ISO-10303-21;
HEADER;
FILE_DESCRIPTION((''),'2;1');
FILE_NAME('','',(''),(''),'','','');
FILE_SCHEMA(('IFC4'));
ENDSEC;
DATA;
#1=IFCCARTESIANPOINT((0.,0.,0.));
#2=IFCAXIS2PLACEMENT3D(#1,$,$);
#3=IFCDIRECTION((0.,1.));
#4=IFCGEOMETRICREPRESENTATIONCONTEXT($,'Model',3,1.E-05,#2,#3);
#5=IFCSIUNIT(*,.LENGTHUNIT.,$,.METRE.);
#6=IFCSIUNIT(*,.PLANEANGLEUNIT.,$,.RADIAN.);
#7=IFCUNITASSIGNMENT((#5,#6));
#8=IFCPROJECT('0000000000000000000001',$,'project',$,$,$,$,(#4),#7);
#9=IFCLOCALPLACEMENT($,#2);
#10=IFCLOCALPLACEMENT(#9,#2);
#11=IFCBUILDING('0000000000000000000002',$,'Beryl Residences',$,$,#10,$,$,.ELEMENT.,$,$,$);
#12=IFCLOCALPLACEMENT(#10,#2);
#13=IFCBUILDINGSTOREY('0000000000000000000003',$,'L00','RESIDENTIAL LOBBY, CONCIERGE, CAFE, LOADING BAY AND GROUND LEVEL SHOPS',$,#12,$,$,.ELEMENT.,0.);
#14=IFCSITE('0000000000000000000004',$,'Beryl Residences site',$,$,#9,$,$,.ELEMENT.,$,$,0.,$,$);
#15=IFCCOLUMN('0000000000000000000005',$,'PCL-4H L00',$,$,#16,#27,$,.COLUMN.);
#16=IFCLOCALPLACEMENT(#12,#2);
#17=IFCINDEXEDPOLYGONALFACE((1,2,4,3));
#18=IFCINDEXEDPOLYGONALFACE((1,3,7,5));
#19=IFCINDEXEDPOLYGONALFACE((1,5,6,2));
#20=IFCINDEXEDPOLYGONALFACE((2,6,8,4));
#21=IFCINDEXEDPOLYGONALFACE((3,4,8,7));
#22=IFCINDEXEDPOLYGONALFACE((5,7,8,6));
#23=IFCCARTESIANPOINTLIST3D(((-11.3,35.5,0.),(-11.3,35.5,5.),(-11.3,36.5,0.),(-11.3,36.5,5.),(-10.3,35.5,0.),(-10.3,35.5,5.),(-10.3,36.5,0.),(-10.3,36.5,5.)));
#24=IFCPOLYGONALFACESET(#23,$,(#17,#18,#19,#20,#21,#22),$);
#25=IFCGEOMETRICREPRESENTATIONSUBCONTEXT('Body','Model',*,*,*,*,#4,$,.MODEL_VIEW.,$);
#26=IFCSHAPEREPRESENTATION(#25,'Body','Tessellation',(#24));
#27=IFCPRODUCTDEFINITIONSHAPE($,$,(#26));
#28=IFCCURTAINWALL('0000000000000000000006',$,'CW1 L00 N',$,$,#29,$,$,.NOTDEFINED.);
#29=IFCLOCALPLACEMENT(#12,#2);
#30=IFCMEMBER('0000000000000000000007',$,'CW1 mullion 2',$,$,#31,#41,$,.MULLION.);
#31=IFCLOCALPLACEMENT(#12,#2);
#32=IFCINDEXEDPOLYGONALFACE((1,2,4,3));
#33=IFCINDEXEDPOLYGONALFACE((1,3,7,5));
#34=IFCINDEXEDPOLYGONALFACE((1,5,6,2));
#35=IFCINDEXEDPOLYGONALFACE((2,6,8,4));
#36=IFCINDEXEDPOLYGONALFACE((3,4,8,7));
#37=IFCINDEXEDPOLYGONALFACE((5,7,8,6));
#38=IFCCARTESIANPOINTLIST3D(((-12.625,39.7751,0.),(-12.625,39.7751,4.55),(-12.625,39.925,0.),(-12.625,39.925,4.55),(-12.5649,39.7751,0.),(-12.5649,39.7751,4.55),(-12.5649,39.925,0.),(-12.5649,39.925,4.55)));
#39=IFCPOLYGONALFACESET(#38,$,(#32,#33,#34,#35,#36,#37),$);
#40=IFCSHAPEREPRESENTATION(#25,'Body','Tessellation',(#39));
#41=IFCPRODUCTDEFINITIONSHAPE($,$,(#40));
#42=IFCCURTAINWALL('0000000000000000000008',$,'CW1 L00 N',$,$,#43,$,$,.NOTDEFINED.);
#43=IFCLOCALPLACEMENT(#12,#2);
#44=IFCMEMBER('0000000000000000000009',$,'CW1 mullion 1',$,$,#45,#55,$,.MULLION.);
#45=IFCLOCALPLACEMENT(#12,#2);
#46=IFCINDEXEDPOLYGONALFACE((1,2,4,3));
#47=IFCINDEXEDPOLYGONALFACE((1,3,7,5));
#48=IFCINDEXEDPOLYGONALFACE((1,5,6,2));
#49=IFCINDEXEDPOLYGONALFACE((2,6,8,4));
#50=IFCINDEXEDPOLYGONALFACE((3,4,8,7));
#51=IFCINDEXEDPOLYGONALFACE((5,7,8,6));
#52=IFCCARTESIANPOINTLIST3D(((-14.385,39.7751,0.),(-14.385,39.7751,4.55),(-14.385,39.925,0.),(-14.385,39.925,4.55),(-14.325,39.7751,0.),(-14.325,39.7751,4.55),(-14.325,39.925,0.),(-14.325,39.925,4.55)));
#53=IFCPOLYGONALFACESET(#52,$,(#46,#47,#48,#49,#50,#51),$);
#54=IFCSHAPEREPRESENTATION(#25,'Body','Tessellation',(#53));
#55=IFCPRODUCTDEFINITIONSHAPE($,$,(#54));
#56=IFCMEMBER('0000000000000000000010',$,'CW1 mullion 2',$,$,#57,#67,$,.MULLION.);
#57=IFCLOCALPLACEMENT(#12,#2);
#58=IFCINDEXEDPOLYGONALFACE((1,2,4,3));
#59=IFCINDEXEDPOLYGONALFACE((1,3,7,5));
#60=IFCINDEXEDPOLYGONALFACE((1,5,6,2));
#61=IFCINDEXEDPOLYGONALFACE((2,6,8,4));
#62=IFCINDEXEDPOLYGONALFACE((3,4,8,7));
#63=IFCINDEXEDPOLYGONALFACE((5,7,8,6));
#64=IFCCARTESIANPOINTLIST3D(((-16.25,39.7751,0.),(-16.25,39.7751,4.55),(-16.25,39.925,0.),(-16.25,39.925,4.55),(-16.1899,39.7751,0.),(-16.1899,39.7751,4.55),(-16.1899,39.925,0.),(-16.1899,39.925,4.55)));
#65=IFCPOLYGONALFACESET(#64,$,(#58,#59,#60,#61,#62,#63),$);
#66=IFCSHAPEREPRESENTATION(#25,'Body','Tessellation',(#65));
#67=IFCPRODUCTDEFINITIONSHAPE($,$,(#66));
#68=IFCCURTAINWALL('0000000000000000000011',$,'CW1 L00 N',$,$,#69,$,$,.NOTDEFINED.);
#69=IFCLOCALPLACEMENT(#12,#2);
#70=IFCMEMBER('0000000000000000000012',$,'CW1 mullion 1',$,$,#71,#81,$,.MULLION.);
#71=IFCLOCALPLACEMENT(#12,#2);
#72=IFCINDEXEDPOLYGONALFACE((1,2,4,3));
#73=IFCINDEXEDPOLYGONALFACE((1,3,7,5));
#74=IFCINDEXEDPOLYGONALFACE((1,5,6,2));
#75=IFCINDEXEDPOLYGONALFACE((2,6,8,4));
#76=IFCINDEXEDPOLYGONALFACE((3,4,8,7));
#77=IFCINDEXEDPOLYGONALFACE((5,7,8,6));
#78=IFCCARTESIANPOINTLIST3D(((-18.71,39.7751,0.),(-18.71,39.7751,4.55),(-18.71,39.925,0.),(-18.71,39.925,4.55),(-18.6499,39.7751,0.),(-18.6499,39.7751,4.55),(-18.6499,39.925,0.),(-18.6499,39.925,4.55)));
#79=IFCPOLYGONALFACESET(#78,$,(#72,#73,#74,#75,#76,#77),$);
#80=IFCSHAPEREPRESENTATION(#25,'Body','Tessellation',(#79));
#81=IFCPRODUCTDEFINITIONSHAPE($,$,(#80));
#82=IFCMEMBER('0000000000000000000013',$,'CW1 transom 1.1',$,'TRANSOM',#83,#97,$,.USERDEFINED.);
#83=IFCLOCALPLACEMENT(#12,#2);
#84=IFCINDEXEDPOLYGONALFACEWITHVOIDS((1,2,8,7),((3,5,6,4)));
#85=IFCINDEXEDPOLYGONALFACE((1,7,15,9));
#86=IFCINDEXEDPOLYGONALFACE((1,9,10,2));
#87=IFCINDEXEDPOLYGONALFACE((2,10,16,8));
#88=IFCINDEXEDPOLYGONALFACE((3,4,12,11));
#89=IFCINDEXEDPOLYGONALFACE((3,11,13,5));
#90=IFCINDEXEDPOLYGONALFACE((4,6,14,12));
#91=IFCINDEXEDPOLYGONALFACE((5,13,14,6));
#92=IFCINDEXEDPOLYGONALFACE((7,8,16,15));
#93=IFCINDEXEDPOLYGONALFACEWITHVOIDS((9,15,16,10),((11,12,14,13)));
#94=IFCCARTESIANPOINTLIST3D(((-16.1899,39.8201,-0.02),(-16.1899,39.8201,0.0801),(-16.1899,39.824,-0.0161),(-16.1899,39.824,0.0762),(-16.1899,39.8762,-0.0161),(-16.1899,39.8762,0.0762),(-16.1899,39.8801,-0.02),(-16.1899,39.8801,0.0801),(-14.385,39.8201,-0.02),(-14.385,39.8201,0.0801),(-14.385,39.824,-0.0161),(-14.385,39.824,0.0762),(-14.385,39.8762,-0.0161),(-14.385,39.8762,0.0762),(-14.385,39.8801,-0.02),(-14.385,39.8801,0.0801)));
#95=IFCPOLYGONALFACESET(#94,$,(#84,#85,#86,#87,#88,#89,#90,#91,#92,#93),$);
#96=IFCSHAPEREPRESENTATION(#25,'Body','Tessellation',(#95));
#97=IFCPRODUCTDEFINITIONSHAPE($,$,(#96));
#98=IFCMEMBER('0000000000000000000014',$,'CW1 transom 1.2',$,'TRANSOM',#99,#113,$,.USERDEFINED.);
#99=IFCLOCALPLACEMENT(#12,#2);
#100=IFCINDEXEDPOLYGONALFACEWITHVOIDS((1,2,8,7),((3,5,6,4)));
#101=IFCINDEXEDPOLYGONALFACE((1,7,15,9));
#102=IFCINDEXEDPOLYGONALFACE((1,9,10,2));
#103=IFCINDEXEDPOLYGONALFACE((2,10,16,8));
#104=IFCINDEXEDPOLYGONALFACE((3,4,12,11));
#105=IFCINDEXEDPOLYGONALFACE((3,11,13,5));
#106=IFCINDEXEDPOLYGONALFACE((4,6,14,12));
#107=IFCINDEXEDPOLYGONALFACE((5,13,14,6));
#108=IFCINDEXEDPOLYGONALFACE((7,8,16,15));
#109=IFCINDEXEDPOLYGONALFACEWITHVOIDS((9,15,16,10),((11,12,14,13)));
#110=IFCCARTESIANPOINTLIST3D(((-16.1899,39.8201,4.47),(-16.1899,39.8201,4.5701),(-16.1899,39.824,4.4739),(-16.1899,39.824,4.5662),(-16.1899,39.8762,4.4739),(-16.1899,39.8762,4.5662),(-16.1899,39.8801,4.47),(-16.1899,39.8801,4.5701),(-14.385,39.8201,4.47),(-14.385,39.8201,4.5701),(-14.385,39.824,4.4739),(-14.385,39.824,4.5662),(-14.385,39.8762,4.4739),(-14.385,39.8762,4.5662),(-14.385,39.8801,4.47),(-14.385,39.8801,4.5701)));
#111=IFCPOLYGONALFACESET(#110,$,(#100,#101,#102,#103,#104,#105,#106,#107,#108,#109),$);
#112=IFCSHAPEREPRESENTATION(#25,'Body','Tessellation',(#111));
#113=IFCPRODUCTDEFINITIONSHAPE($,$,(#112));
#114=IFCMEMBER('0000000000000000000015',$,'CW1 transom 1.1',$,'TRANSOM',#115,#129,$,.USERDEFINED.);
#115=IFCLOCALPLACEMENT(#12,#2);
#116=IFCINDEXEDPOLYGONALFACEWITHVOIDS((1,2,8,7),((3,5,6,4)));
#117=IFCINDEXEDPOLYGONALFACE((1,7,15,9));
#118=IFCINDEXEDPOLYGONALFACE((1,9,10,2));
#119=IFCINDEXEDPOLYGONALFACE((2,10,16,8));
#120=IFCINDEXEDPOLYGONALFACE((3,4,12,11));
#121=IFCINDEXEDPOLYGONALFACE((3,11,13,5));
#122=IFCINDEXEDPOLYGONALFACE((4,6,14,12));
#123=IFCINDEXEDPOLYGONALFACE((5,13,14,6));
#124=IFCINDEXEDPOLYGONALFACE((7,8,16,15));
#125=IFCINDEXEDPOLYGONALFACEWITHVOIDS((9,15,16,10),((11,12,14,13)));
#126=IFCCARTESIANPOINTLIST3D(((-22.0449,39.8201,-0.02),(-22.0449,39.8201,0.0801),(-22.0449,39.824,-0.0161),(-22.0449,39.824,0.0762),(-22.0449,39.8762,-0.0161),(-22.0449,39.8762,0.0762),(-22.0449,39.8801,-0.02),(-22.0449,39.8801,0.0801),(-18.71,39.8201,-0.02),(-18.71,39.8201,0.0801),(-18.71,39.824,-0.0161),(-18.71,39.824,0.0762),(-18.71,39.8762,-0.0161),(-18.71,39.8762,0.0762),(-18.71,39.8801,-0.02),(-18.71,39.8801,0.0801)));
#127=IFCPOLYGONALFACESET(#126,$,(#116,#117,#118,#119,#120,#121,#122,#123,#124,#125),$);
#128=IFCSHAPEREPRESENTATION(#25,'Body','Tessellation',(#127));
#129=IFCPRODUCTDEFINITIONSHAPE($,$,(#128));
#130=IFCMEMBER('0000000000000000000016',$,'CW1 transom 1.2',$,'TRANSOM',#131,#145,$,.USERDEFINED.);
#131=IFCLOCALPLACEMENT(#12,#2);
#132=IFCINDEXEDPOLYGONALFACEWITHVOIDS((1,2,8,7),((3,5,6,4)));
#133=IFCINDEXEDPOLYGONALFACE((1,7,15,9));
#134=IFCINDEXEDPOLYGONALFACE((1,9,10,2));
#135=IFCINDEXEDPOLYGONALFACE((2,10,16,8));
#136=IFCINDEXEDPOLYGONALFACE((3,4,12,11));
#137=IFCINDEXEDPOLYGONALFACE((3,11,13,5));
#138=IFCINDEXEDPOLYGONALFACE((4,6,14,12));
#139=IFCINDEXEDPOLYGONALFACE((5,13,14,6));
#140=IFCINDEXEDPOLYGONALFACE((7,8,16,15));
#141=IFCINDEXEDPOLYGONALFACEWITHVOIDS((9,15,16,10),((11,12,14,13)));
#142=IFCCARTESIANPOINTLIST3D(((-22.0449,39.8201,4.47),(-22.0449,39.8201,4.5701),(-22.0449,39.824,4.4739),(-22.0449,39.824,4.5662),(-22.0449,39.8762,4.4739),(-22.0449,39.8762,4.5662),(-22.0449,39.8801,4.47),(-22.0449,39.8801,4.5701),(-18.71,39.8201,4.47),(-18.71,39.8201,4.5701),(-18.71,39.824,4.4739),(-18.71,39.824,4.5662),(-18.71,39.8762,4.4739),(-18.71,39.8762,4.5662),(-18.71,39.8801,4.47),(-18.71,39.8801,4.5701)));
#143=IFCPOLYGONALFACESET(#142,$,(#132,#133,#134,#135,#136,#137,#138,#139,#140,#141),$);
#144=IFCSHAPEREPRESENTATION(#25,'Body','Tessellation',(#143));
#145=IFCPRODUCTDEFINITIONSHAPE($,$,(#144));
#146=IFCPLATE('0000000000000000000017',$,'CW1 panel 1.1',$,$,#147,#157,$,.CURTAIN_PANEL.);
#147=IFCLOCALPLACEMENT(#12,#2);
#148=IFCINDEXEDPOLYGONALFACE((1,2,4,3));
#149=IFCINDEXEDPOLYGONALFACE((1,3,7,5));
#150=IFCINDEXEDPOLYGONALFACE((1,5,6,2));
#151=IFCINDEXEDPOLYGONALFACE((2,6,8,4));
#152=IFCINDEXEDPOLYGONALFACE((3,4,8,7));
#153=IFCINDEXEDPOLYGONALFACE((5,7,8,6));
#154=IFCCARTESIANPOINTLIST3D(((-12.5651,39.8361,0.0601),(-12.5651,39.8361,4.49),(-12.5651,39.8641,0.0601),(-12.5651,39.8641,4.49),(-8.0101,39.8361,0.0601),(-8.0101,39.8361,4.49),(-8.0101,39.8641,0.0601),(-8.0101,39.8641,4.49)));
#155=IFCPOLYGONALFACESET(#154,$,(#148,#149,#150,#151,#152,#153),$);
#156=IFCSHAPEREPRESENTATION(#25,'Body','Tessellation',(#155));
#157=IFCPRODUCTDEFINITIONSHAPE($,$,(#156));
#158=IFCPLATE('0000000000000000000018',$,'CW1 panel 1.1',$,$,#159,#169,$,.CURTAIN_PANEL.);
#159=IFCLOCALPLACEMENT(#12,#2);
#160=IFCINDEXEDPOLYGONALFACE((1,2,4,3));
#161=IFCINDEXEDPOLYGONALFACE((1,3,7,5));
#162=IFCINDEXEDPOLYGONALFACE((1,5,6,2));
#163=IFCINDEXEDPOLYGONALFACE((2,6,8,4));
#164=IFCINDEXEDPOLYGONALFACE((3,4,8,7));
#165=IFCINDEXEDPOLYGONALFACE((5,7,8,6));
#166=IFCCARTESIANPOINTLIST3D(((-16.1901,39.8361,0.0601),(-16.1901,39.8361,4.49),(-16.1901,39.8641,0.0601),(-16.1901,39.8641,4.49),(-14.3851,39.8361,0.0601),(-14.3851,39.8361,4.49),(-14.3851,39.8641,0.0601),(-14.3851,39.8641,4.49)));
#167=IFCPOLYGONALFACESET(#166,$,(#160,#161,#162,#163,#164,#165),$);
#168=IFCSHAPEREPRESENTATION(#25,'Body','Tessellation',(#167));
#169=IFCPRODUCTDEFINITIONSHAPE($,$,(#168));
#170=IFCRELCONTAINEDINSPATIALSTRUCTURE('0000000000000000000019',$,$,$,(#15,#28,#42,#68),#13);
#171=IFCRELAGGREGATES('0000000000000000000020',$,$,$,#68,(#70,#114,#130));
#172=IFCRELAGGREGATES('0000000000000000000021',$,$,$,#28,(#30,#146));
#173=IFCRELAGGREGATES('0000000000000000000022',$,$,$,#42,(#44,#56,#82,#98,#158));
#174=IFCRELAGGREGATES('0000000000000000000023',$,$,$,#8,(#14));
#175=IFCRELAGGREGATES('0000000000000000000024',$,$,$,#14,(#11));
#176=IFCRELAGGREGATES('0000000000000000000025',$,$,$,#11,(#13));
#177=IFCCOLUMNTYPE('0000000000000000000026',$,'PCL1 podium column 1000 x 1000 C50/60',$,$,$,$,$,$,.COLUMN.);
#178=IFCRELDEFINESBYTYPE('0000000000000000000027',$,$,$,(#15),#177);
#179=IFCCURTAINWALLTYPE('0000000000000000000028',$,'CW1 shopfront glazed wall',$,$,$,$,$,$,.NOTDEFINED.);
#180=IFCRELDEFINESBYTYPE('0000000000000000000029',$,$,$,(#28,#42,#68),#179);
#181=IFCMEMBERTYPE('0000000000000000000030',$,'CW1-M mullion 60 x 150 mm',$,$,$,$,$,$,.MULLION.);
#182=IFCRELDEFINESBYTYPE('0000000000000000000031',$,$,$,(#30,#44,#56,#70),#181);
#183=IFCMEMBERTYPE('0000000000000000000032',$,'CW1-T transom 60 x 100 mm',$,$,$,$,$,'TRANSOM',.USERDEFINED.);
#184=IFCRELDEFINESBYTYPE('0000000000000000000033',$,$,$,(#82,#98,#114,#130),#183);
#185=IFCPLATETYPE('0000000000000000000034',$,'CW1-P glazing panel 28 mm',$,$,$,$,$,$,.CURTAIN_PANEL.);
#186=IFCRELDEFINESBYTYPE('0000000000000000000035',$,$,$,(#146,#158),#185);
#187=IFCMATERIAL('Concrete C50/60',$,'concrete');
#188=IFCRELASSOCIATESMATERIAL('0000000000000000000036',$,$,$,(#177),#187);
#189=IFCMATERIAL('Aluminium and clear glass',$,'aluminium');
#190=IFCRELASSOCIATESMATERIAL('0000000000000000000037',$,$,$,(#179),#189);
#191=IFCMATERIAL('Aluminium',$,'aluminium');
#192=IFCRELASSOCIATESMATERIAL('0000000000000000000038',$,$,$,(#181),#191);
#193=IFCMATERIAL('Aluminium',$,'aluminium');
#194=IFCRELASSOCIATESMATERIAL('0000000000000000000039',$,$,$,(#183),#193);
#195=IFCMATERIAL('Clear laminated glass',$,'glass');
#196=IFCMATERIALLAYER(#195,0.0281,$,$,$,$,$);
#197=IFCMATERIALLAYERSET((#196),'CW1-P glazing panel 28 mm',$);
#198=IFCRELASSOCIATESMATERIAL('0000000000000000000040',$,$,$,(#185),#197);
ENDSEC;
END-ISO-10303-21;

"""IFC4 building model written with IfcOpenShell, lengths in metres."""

from ifc_helpers import new_model, si_unit, direction, frame, origin, origin_2d, place, context, subcontext, project, spatial, rectangle, hollow_rectangle, extrude, material, layer, layer_set, material_profile, profile_set, type_object, element, aggregate, save


model = new_model("IFC4")

# Units and contexts
model_context = context("Model", 3, precision=1e-05, world=origin(), true_north=direction((0.0, 1.0)))
body_context = subcontext(model_context, "Body", "Model", "MODEL_VIEW")
ifc_project = project(units=[si_unit("LENGTHUNIT", "METRE"), si_unit("PLANEANGLEUNIT", "RADIAN")], contexts=[model_context])

# Site, building, storey
site_placement = place(None, origin())
site = spatial("IfcSite", under=ifc_project, at=site_placement, Name="Beryl Residences site", CompositionType="ELEMENT", RefElevation=0.0)
building_placement = place(site_placement, origin())
building = spatial("IfcBuilding", under=site, at=building_placement, Name="Beryl Residences", CompositionType="ELEMENT")
storey_placement = place(building_placement, origin())
storey = spatial("IfcBuildingStorey", under=building, at=storey_placement, Name="L00", Description="RESIDENTIAL LOBBY, CONCIERGE, CAFE, LOADING BAY AND GROUND LEVEL SHOPS", CompositionType="ELEMENT", Elevation=0.0)

# Column
ifc_material_1 = material(Name="Concrete C50/60", Category="concrete")
ifc_material_profile_1 = material_profile(ifc_material_1, rectangle(XDim=1.0, YDim=1.0, at=origin_2d()))
ifc_profile_set_1 = profile_set([ifc_material_profile_1], Name="Concrete C50/60")
column_type = type_object("IfcColumnType", Name="PCL1 podium column 1000 x 1000 C50/60", PredefinedType="COLUMN", material=ifc_profile_set_1)
column_placement = place(storey_placement, frame((-10.8, 36.0, 0.0), z_axis=(0.0, 0.0, 1.0), x_axis=(1.0, 0.0, 0.0)))
element("IfcColumn", 1, at=column_placement, inside=storey, type_object=column_type, Name="PCL-4H L00", PredefinedType="COLUMN", context=body_context, shape_type="SweptSolid", body=[
    extrude(rectangle(XDim=1.0, YDim=1.0, at=origin_2d()), origin(), (0.0, 0.0, 1.0), 5.0),
])

# Curtain wall, member
ifc_material_2 = material(Name="Aluminium and clear glass", Category="aluminium")
curtain_wall_type = type_object("IfcCurtainWallType", Name="CW1 shopfront glazed wall", PredefinedType="NOTDEFINED", material=ifc_material_2)
curtain_wall_1_placement = place(storey_placement, origin())
curtain_wall_1 = element("IfcCurtainWall", 2, at=curtain_wall_1_placement, inside=storey, type_object=curtain_wall_type, Name="CW1 L00 N", PredefinedType="NOTDEFINED")
ifc_material_3 = material(Name="Aluminium", Category="aluminium")
ifc_material_profile_2 = material_profile(ifc_material_3, rectangle(XDim=0.0601, YDim=0.1499, at=origin_2d()))
ifc_profile_set_2 = profile_set([ifc_material_profile_2], Name="Aluminium")
member_type_1 = type_object("IfcMemberType", Name="CW1-M mullion 60 x 150 mm", PredefinedType="MULLION", material=ifc_profile_set_2)
member_1_placement = place(storey_placement, frame((-12.595, 39.8501, 0.0), z_axis=(0.0, 0.0, 1.0), x_axis=(-1.0, 0.0, 0.0)))
member_1 = element("IfcMember", 3, at=member_1_placement, type_object=member_type_1, Name="CW1 mullion 2", PredefinedType="MULLION", context=body_context, shape_type="SweptSolid", body=[
    extrude(rectangle(XDim=0.0601, YDim=0.1499, at=origin_2d()), origin(), (0.0, 0.0, 1.0), 4.55),
])

# Curtain wall, members
curtain_wall_2_placement = place(storey_placement, origin())
curtain_wall_2 = element("IfcCurtainWall", 4, at=curtain_wall_2_placement, inside=storey, type_object=curtain_wall_type, Name="CW1 L00 N", PredefinedType="NOTDEFINED")
member_2_placement = place(storey_placement, frame((-14.355, 39.8501, 0.0), z_axis=(0.0, 0.0, 1.0), x_axis=(-1.0, 0.0, 0.0)))
member_2 = element("IfcMember", 5, at=member_2_placement, type_object=member_type_1, Name="CW1 mullion 1", PredefinedType="MULLION", context=body_context, shape_type="SweptSolid", body=[
    extrude(rectangle(XDim=0.0601, YDim=0.1499, at=origin_2d()), origin(), (0.0, 0.0, 1.0), 4.55),
])
member_3_placement = place(storey_placement, frame((-16.22, 39.8501, 0.0), z_axis=(0.0, 0.0, 1.0), x_axis=(-1.0, 0.0, 0.0)))
member_3 = element("IfcMember", 6, at=member_3_placement, type_object=member_type_1, Name="CW1 mullion 2", PredefinedType="MULLION", context=body_context, shape_type="SweptSolid", body=[
    extrude(rectangle(XDim=0.0601, YDim=0.1499, at=origin_2d()), origin(), (0.0, 0.0, 1.0), 4.55),
])

# Curtain wall, member
curtain_wall_3_placement = place(storey_placement, origin())
curtain_wall_3 = element("IfcCurtainWall", 7, at=curtain_wall_3_placement, inside=storey, type_object=curtain_wall_type, Name="CW1 L00 N", PredefinedType="NOTDEFINED")
member_4_placement = place(storey_placement, frame((-18.6799, 39.8501, 0.0), z_axis=(0.0, 0.0, 1.0), x_axis=(-1.0, 0.0, 0.0)))
member_4 = element("IfcMember", 8, at=member_4_placement, type_object=member_type_1, Name="CW1 mullion 1", PredefinedType="MULLION", context=body_context, shape_type="SweptSolid", body=[
    extrude(rectangle(XDim=0.0601, YDim=0.1499, at=origin_2d()), origin(), (0.0, 0.0, 1.0), 4.55),
])

# Members
ifc_material_4 = material(Name="Aluminium", Category="aluminium")
ifc_material_profile_3 = material_profile(ifc_material_4, hollow_rectangle(XDim=0.0601, YDim=0.1001, WallThickness=0.0039, at=origin_2d()))
ifc_profile_set_3 = profile_set([ifc_material_profile_3], Name="Aluminium")
member_type_2 = type_object("IfcMemberType", Name="CW1-T transom 60 x 100 mm", ElementType="TRANSOM", PredefinedType="USERDEFINED", material=ifc_profile_set_3)
member_5_placement = place(storey_placement, frame((-14.385, 39.8501, 0.03), z_axis=(-1.0, 0.0, 0.0), x_axis=(0.0, -1.0, 0.0)))
member_5 = element("IfcMember", 9, at=member_5_placement, type_object=member_type_2, Name="CW1 transom 1.1", ObjectType="TRANSOM", PredefinedType="USERDEFINED", context=body_context, shape_type="SweptSolid", body=[
    extrude(hollow_rectangle(XDim=0.0601, YDim=0.1001, WallThickness=0.0039, at=origin_2d()), origin(), (0.0, 0.0, 1.0), 1.8049),
])
member_6_placement = place(storey_placement, frame((-14.385, 39.8501, 4.52), z_axis=(-1.0, 0.0, 0.0), x_axis=(0.0, -1.0, 0.0)))
member_6 = element("IfcMember", 10, at=member_6_placement, type_object=member_type_2, Name="CW1 transom 1.2", ObjectType="TRANSOM", PredefinedType="USERDEFINED", context=body_context, shape_type="SweptSolid", body=[
    extrude(hollow_rectangle(XDim=0.0601, YDim=0.1001, WallThickness=0.0039, at=origin_2d()), origin(), (0.0, 0.0, 1.0), 1.8049),
])
member_7_placement = place(storey_placement, frame((-18.71, 39.8501, 0.03), z_axis=(-1.0, 0.0, 0.0), x_axis=(0.0, -1.0, 0.0)))
member_7 = element("IfcMember", 11, at=member_7_placement, type_object=member_type_2, Name="CW1 transom 1.1", ObjectType="TRANSOM", PredefinedType="USERDEFINED", context=body_context, shape_type="SweptSolid", body=[
    extrude(hollow_rectangle(XDim=0.0601, YDim=0.1001, WallThickness=0.0039, at=origin_2d()), origin(), (0.0, 0.0, 1.0), 3.335),
])
member_8_placement = place(storey_placement, frame((-18.71, 39.8501, 4.52), z_axis=(-1.0, 0.0, 0.0), x_axis=(0.0, -1.0, 0.0)))
member_8 = element("IfcMember", 12, at=member_8_placement, type_object=member_type_2, Name="CW1 transom 1.2", ObjectType="TRANSOM", PredefinedType="USERDEFINED", context=body_context, shape_type="SweptSolid", body=[
    extrude(hollow_rectangle(XDim=0.0601, YDim=0.1001, WallThickness=0.0039, at=origin_2d()), origin(), (0.0, 0.0, 1.0), 3.335),
])
aggregate(curtain_wall_3, [member_4, member_7, member_8])

# Plates
ifc_material_5 = material(Name="Clear laminated glass", Category="glass")
ifc_layer_1 = layer(ifc_material_5, 0.0281)
ifc_layer_set_1 = layer_set([ifc_layer_1], Name="CW1-P glazing panel 28 mm")
plate_type = type_object("IfcPlateType", Name="CW1-P glazing panel 28 mm", PredefinedType="CURTAIN_PANEL", material=ifc_layer_set_1)
plate_1_placement = place(storey_placement, frame((-10.2876, 39.8501, 0.0601), z_axis=(0.0, 0.0, 1.0), x_axis=(-1.0, 0.0, 0.0)))
plate_1 = element("IfcPlate", 13, at=plate_1_placement, type_object=plate_type, Name="CW1 panel 1.1", PredefinedType="CURTAIN_PANEL", context=body_context, shape_type="SweptSolid", body=[
    extrude(rectangle(XDim=4.5549, YDim=0.0281, at=origin_2d()), origin(), (0.0, 0.0, 1.0), 4.4299),
])
aggregate(curtain_wall_1, [member_1, plate_1])
plate_2_placement = place(storey_placement, frame((-15.2876, 39.8501, 0.0601), z_axis=(0.0, 0.0, 1.0), x_axis=(-1.0, 0.0, 0.0)))
plate_2 = element("IfcPlate", 14, at=plate_2_placement, type_object=plate_type, Name="CW1 panel 1.1", PredefinedType="CURTAIN_PANEL", context=body_context, shape_type="SweptSolid", body=[
    extrude(rectangle(XDim=1.8049, YDim=0.0281, at=origin_2d()), origin(), (0.0, 0.0, 1.0), 4.4299),
])
aggregate(curtain_wall_2, [member_2, member_3, member_5, member_6, plate_2])

save(model, "model.ifc")
